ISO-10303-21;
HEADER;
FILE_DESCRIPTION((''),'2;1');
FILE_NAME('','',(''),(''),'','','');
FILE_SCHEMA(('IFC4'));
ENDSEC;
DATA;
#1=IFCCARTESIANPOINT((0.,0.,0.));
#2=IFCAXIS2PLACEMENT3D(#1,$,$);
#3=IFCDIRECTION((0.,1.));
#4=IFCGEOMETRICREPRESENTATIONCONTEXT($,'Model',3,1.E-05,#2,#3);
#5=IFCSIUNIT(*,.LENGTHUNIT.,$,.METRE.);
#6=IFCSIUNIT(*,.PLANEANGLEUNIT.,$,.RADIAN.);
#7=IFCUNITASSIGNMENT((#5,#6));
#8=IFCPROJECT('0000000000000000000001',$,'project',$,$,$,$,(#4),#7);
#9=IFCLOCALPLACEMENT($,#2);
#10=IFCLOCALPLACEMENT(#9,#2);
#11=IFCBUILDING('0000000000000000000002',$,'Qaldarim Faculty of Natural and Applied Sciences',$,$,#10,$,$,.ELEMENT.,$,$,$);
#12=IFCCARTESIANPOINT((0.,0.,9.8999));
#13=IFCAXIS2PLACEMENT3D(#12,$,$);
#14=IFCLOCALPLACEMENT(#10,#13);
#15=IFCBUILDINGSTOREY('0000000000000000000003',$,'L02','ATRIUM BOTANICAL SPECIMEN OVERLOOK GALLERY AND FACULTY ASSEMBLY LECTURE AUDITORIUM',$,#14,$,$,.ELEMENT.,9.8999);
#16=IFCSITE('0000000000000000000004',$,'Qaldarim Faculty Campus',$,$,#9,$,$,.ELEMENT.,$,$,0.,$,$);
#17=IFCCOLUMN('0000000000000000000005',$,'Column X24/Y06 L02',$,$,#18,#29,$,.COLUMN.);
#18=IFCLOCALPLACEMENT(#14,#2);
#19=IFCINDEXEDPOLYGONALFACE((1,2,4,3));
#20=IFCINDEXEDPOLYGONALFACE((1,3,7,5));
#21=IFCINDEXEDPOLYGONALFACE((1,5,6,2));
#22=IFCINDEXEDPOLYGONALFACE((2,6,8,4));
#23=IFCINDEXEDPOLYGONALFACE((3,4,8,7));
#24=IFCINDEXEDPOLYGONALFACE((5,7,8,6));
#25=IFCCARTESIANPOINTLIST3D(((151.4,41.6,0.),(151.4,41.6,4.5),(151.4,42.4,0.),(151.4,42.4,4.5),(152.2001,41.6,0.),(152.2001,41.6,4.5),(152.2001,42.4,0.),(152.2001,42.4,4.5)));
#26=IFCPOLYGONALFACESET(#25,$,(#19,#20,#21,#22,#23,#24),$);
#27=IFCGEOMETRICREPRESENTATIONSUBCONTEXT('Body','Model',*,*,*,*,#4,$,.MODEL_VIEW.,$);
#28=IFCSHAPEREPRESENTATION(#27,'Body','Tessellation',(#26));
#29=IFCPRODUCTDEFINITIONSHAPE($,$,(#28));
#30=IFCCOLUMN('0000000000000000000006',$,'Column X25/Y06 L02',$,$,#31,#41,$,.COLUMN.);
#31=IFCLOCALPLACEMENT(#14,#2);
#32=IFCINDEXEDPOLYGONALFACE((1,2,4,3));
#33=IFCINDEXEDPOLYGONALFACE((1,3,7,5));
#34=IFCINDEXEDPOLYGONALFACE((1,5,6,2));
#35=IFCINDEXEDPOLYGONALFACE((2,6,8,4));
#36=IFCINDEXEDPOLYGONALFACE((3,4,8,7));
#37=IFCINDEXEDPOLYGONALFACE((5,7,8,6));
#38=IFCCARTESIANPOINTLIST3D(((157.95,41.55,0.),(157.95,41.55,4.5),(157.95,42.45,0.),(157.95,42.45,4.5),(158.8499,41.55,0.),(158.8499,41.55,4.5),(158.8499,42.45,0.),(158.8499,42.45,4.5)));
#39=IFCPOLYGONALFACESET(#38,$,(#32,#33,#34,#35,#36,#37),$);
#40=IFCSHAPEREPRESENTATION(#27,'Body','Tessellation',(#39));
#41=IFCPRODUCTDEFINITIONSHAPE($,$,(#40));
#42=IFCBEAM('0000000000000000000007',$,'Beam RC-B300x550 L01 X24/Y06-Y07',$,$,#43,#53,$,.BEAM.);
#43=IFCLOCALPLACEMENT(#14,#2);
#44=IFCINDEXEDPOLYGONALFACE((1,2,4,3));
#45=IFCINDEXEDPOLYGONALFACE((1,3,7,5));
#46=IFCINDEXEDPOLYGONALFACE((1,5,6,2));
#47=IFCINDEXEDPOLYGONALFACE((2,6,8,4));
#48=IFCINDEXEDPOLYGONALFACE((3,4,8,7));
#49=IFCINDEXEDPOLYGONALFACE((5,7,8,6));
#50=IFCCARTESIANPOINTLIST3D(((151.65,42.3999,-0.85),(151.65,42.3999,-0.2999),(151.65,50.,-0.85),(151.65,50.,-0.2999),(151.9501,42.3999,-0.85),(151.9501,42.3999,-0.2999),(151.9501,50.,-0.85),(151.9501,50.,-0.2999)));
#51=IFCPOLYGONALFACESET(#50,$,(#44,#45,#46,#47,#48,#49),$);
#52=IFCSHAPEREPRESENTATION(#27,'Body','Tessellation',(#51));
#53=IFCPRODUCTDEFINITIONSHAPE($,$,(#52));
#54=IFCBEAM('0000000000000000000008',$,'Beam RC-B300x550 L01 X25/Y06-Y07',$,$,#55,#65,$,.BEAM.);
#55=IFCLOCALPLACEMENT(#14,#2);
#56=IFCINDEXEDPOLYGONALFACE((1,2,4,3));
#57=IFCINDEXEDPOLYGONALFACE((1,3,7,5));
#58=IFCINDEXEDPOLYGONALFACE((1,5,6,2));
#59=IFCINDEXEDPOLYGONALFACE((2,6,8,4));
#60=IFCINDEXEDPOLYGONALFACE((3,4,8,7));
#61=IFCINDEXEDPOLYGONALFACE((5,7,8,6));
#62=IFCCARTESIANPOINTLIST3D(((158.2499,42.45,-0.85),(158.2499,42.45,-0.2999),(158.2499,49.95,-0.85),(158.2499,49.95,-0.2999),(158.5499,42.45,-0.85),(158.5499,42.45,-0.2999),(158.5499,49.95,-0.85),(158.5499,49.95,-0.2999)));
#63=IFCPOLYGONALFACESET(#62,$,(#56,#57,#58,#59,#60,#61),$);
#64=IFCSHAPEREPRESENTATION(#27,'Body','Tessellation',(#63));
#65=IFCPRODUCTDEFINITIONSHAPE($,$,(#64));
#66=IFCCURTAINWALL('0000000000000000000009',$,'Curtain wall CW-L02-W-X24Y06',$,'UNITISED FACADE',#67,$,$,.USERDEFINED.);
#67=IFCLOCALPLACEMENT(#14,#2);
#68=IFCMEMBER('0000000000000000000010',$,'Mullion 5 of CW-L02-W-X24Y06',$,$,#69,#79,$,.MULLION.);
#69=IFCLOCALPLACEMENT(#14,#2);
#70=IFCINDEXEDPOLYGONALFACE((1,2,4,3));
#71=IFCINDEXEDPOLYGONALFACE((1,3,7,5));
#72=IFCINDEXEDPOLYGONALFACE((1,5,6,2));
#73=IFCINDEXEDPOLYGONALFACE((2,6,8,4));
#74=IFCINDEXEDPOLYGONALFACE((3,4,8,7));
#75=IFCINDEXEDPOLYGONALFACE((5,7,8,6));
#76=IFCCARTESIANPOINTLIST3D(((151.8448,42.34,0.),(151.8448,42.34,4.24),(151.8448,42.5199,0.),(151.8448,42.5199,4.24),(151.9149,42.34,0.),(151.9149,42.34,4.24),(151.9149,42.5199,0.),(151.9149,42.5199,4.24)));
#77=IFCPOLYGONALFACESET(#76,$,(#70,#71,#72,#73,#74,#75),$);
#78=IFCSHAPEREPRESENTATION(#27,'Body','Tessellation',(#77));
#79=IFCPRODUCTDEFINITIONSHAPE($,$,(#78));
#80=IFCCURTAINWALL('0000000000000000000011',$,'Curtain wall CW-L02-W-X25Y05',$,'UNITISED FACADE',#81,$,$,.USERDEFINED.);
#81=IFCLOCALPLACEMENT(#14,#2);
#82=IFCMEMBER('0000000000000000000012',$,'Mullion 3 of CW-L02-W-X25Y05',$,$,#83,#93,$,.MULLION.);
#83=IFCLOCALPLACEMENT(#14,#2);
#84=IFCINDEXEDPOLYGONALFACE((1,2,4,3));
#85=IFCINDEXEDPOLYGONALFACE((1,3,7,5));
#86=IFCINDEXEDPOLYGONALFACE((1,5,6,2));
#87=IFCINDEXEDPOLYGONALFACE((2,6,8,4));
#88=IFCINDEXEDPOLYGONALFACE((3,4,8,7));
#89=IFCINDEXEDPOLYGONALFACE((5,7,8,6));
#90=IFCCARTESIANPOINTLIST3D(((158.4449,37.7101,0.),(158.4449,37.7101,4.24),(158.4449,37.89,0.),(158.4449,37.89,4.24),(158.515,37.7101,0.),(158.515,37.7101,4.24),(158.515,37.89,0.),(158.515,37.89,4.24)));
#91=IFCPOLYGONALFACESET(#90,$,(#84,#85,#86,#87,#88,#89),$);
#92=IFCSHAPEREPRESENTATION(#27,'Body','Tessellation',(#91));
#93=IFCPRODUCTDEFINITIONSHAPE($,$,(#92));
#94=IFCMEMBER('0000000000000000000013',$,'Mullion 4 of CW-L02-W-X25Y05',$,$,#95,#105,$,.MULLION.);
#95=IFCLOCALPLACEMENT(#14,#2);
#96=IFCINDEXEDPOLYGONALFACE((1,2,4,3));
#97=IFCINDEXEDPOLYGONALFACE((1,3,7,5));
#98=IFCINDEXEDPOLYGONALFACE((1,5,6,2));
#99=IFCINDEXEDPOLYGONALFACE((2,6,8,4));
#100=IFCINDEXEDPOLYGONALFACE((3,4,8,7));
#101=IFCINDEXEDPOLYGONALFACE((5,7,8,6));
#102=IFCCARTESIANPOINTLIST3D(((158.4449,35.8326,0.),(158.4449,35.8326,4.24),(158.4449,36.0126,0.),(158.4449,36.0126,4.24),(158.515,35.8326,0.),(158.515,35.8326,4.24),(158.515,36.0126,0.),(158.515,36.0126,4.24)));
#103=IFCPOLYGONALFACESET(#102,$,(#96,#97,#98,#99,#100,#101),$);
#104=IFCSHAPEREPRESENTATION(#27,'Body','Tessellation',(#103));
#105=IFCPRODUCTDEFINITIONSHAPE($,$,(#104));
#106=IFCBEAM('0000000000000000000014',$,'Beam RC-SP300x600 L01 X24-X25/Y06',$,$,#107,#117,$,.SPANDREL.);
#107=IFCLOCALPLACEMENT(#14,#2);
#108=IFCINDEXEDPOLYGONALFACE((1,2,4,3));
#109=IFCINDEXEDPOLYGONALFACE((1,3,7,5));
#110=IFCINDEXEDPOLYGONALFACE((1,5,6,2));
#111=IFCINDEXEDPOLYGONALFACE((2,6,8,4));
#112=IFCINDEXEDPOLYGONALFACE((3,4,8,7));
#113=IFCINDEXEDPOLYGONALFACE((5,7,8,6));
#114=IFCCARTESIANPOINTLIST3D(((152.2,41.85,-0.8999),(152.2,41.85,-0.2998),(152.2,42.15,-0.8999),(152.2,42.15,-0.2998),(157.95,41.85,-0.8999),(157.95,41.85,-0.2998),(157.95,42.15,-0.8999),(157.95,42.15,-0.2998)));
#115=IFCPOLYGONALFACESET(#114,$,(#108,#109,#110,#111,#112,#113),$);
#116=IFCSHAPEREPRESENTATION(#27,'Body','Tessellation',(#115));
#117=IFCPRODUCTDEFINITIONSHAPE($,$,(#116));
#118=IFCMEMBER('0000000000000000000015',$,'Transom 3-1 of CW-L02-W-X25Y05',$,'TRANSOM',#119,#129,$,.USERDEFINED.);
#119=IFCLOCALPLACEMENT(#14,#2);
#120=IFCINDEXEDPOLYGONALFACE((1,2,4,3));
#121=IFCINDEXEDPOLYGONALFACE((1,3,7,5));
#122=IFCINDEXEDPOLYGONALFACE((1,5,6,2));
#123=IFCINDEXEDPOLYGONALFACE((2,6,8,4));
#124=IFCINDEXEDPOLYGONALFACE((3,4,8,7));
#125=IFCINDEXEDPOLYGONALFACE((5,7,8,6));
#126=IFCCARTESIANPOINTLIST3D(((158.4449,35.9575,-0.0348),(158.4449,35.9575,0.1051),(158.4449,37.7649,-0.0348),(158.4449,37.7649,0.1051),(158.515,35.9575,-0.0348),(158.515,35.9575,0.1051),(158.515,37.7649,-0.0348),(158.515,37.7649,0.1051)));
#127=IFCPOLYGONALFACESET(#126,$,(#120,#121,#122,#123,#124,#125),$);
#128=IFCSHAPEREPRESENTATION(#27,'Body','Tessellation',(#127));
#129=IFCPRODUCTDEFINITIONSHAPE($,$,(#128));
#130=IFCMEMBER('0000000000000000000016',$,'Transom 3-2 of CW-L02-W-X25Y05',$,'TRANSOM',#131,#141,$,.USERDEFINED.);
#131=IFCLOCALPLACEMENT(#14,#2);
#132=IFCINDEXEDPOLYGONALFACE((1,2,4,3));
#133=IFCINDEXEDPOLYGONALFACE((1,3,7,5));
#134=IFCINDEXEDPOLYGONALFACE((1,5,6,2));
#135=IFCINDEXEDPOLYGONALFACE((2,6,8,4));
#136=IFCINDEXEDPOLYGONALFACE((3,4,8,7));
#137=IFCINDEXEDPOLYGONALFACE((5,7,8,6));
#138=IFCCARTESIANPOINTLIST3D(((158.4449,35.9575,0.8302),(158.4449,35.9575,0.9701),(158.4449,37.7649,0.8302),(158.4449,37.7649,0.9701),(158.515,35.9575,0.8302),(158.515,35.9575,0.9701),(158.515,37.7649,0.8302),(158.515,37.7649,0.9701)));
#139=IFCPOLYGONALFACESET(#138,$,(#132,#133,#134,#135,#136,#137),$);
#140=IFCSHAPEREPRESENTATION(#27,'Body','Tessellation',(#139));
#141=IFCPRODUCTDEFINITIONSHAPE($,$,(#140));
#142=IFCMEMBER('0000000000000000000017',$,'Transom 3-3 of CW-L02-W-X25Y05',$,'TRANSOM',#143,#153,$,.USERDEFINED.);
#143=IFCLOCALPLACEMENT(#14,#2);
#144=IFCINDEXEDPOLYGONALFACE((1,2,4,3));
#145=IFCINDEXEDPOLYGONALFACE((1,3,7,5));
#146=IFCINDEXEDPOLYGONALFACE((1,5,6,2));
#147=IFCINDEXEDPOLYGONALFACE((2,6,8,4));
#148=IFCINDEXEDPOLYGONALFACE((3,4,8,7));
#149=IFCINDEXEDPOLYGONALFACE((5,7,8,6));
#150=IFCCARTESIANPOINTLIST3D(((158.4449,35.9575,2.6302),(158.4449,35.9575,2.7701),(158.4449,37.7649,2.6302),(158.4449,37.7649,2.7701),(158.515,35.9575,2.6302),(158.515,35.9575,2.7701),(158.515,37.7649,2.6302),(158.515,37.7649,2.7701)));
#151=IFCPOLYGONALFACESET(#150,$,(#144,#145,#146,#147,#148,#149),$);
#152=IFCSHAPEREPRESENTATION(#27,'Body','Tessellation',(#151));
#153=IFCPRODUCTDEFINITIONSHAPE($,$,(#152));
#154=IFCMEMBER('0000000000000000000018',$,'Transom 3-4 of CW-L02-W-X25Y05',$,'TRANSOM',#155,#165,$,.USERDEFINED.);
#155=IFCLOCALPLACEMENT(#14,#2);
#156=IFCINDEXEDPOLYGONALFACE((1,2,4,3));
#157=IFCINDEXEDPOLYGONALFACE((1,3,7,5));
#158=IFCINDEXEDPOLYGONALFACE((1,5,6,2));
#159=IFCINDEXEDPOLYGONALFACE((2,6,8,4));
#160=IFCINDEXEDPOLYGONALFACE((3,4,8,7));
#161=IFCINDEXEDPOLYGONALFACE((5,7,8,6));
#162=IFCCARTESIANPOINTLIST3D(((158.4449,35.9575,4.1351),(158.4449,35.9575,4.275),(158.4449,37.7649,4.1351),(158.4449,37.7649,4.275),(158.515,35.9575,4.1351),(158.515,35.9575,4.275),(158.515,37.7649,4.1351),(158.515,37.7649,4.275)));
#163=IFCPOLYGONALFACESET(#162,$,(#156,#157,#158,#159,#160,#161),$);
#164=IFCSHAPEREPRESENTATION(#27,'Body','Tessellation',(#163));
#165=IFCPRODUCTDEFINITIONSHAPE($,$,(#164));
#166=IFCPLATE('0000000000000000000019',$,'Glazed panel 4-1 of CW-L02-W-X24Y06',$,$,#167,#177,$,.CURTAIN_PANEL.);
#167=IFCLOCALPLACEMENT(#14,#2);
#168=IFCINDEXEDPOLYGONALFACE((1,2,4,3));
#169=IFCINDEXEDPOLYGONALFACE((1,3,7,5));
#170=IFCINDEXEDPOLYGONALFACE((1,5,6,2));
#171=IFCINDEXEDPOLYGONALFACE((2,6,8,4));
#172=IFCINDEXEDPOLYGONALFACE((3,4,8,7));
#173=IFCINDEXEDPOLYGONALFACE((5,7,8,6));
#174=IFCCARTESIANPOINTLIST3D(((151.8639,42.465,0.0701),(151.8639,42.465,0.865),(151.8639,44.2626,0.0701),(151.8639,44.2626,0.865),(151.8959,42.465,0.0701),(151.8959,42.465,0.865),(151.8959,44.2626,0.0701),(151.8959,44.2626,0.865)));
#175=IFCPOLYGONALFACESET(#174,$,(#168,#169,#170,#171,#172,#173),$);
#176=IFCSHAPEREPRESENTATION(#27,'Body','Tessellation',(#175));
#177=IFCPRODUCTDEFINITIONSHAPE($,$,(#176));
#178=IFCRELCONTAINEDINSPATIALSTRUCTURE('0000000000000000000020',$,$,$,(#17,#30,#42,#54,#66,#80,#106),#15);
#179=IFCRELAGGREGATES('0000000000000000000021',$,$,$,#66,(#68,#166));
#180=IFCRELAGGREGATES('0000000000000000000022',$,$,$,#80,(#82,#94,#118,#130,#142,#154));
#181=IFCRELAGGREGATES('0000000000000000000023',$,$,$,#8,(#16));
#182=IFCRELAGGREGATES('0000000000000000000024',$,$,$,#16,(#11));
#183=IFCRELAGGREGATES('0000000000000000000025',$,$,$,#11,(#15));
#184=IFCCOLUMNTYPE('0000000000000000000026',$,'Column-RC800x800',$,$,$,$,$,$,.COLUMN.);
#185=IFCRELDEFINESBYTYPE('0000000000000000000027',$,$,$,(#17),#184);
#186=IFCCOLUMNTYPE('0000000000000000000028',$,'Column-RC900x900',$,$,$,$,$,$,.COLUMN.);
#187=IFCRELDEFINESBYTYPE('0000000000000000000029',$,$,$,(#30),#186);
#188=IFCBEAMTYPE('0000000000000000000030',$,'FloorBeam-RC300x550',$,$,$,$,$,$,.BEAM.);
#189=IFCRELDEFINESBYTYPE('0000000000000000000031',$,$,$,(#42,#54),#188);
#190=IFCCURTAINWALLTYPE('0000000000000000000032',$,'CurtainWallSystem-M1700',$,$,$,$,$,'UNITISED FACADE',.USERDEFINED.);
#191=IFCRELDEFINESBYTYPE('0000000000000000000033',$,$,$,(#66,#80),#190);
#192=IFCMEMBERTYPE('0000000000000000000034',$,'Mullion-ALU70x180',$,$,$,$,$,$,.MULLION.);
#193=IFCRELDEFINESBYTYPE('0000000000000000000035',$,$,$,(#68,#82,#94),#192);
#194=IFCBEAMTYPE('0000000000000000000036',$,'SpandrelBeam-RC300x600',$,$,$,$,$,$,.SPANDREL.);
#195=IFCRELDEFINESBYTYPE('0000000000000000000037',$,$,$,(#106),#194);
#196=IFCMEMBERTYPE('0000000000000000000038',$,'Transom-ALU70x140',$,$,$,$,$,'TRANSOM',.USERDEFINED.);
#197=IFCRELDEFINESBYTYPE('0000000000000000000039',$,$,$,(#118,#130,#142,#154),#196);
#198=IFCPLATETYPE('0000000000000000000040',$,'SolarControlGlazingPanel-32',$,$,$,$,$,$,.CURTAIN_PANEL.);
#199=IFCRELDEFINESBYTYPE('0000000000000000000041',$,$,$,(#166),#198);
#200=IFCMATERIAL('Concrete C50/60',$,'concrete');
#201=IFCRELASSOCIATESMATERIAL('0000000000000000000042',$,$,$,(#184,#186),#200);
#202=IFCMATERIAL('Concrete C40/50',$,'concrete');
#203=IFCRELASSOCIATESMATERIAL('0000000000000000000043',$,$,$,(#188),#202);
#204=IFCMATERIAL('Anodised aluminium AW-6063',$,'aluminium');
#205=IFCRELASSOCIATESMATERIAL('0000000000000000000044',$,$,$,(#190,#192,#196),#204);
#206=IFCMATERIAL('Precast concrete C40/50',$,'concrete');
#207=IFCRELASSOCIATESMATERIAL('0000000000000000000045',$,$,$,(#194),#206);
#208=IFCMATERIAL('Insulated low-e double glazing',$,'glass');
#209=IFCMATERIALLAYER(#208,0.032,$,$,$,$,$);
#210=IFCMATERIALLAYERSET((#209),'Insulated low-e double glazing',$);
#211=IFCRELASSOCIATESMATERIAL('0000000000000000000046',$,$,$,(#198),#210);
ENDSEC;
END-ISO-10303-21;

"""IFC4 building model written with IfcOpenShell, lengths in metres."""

from ifc_helpers import new_model, si_unit, direction, frame, origin, origin_2d, place, context, subcontext, project, spatial, rectangle, extrude, material, layer, layer_set, material_profile, profile_set, type_object, element, aggregate, save


model = new_model("IFC4")

# Units and contexts
model_context = context("Model", 3, precision=1e-05, world=origin(), true_north=direction((0.0, 1.0)))
body_context = subcontext(model_context, "Body", "Model", "MODEL_VIEW")
ifc_project = project(units=[si_unit("LENGTHUNIT", "METRE"), si_unit("PLANEANGLEUNIT", "RADIAN")], contexts=[model_context])

# Site, building, storey
site_placement = place(None, origin())
site = spatial("IfcSite", under=ifc_project, at=site_placement, Name="Qaldarim Faculty Campus", CompositionType="ELEMENT", RefElevation=0.0)
building_placement = place(site_placement, origin())
building = spatial("IfcBuilding", under=site, at=building_placement, Name="Qaldarim Faculty of Natural and Applied Sciences", CompositionType="ELEMENT")
storey_placement = place(building_placement, frame((0.0, 0.0, 9.8999)))
storey = spatial("IfcBuildingStorey", under=building, at=storey_placement, Name="L02", Description="ATRIUM BOTANICAL SPECIMEN OVERLOOK GALLERY AND FACULTY ASSEMBLY LECTURE AUDITORIUM", CompositionType="ELEMENT", Elevation=9.8999)

# Columns
ifc_material_1 = material(Name="Concrete C50/60", Category="concrete")
ifc_material_profile_1 = material_profile(ifc_material_1, rectangle(XDim=0.8, YDim=0.8, at=origin_2d()), Name="RC-C800x800")
ifc_profile_set_1 = profile_set([ifc_material_profile_1], Name="Concrete C50/60")
column_type_1 = type_object("IfcColumnType", Name="Column-RC800x800", PredefinedType="COLUMN", material=ifc_profile_set_1)
column_1_placement = place(storey_placement, frame((151.8, 42.0, 0.0), z_axis=(0.0, 0.0, 1.0), x_axis=(1.0, 0.0, 0.0)))
element("IfcColumn", 1, at=column_1_placement, inside=storey, type_object=column_type_1, Name="Column X24/Y06 L02", PredefinedType="COLUMN", context=body_context, shape_type="SweptSolid", body=[
    extrude(rectangle(XDim=0.8, YDim=0.8, at=origin_2d()), origin(), (0.0, 0.0, 1.0), 4.5),
])
ifc_material_profile_2 = material_profile(ifc_material_1, rectangle(XDim=0.8999, YDim=0.8999, at=origin_2d()), Name="RC-C900x900")
ifc_profile_set_2 = profile_set([ifc_material_profile_2], Name="Concrete C50/60")
column_type_2 = type_object("IfcColumnType", Name="Column-RC900x900", PredefinedType="COLUMN", material=ifc_profile_set_2)
column_2_placement = place(storey_placement, frame((158.3999, 42.0, 0.0), z_axis=(0.0, 0.0, 1.0), x_axis=(1.0, 0.0, 0.0)))
element("IfcColumn", 2, at=column_2_placement, inside=storey, type_object=column_type_2, Name="Column X25/Y06 L02", PredefinedType="COLUMN", context=body_context, shape_type="SweptSolid", body=[
    extrude(rectangle(XDim=0.8999, YDim=0.8999, at=origin_2d()), origin(), (0.0, 0.0, 1.0), 4.5),
])

# Beams
ifc_material_2 = material(Name="Concrete C40/50", Category="concrete")
ifc_material_profile_3 = material_profile(ifc_material_2, rectangle(XDim=0.3, YDim=0.55, at=origin_2d()), Name="RC-B300x550")
ifc_profile_set_3 = profile_set([ifc_material_profile_3], Name="Concrete C40/50")
beam_type_1 = type_object("IfcBeamType", Name="FloorBeam-RC300x550", PredefinedType="BEAM", material=ifc_profile_set_3)
beam_1_placement = place(storey_placement, frame((151.8, 42.3999, -0.575), z_axis=(0.0, 1.0, 0.0), x_axis=(-1.0, 0.0, 0.0)))
element("IfcBeam", 3, at=beam_1_placement, inside=storey, type_object=beam_type_1, Name="Beam RC-B300x550 L01 X24/Y06-Y07", PredefinedType="BEAM", context=body_context, shape_type="SweptSolid", body=[
    extrude(rectangle(XDim=0.3, YDim=0.55, at=origin_2d()), origin(), (0.0, 0.0, 1.0), 7.6001),
])
beam_2_placement = place(storey_placement, frame((158.3999, 42.45, -0.575), z_axis=(0.0, 1.0, 0.0), x_axis=(-1.0, 0.0, 0.0)))
element("IfcBeam", 4, at=beam_2_placement, inside=storey, type_object=beam_type_1, Name="Beam RC-B300x550 L01 X25/Y06-Y07", PredefinedType="BEAM", context=body_context, shape_type="SweptSolid", body=[
    extrude(rectangle(XDim=0.3, YDim=0.55, at=origin_2d()), origin(), (0.0, 0.0, 1.0), 7.5),
])

# Curtain wall, member
ifc_material_3 = material(Name="Anodised aluminium AW-6063", Category="aluminium")
curtain_wall_type = type_object("IfcCurtainWallType", Name="CurtainWallSystem-M1700", ElementType="UNITISED FACADE", PredefinedType="USERDEFINED", material=ifc_material_3)
curtain_wall_1_placement = place(storey_placement, origin())
curtain_wall_1 = element("IfcCurtainWall", 5, at=curtain_wall_1_placement, inside=storey, type_object=curtain_wall_type, Name="Curtain wall CW-L02-W-X24Y06", ObjectType="UNITISED FACADE", PredefinedType="USERDEFINED")
ifc_material_profile_4 = material_profile(ifc_material_3, rectangle(XDim=0.0701, YDim=0.1799, at=origin_2d()), Name="ALU-M70x180")
ifc_profile_set_4 = profile_set([ifc_material_profile_4], Name="Anodised aluminium AW-6063")
member_type_1 = type_object("IfcMemberType", Name="Mullion-ALU70x180", PredefinedType="MULLION", material=ifc_profile_set_4)
member_1_placement = place(storey_placement, frame((151.8799, 42.4299, 0.0), z_axis=(0.0, 0.0, 1.0), x_axis=(1.0, 0.0, 0.0)))
member_1 = element("IfcMember", 6, at=member_1_placement, type_object=member_type_1, Name="Mullion 5 of CW-L02-W-X24Y06", PredefinedType="MULLION", context=body_context, shape_type="SweptSolid", body=[
    extrude(rectangle(XDim=0.0701, YDim=0.1799, at=origin_2d()), origin(), (0.0, 0.0, 1.0), 4.24),
])

# Curtain wall, members
curtain_wall_2_placement = place(storey_placement, origin())
curtain_wall_2 = element("IfcCurtainWall", 7, at=curtain_wall_2_placement, inside=storey, type_object=curtain_wall_type, Name="Curtain wall CW-L02-W-X25Y05", ObjectType="UNITISED FACADE", PredefinedType="USERDEFINED")
member_2_placement = place(storey_placement, frame((158.48, 37.8, 0.0), z_axis=(0.0, 0.0, 1.0), x_axis=(1.0, 0.0, 0.0)))
member_2 = element("IfcMember", 8, at=member_2_placement, type_object=member_type_1, Name="Mullion 3 of CW-L02-W-X25Y05", PredefinedType="MULLION", context=body_context, shape_type="SweptSolid", body=[
    extrude(rectangle(XDim=0.0701, YDim=0.1799, at=origin_2d()), origin(), (0.0, 0.0, 1.0), 4.24),
])
member_3_placement = place(storey_placement, frame((158.48, 35.9226, 0.0), z_axis=(0.0, 0.0, 1.0), x_axis=(1.0, 0.0, 0.0)))
member_3 = element("IfcMember", 9, at=member_3_placement, type_object=member_type_1, Name="Mullion 4 of CW-L02-W-X25Y05", PredefinedType="MULLION", context=body_context, shape_type="SweptSolid", body=[
    extrude(rectangle(XDim=0.0701, YDim=0.1799, at=origin_2d()), origin(), (0.0, 0.0, 1.0), 4.24),
])

# Beam
ifc_material_4 = material(Name="Precast concrete C40/50", Category="concrete")
ifc_material_profile_5 = material_profile(ifc_material_4, rectangle(XDim=0.3, YDim=0.6001, at=origin_2d()), Name="RC-SP300x600")
ifc_profile_set_5 = profile_set([ifc_material_profile_5], Name="Precast concrete C40/50")
beam_type_2 = type_object("IfcBeamType", Name="SpandrelBeam-RC300x600", PredefinedType="SPANDREL", material=ifc_profile_set_5)
beam_3_placement = place(storey_placement, frame((152.2, 42.0, -0.5999), z_axis=(1.0, 0.0, 0.0), x_axis=(0.0, 1.0, 0.0)))
element("IfcBeam", 10, at=beam_3_placement, inside=storey, type_object=beam_type_2, Name="Beam RC-SP300x600 L01 X24-X25/Y06", PredefinedType="SPANDREL", context=body_context, shape_type="SweptSolid", body=[
    extrude(rectangle(XDim=0.3, YDim=0.6001, at=origin_2d()), origin(), (0.0, 0.0, 1.0), 5.75),
])

# Members
ifc_material_profile_6 = material_profile(ifc_material_3, rectangle(XDim=0.0701, YDim=0.1399, at=origin_2d()), Name="ALU-T70x140")
ifc_profile_set_6 = profile_set([ifc_material_profile_6], Name="Anodised aluminium AW-6063")
member_type_2 = type_object("IfcMemberType", Name="Transom-ALU70x140", ElementType="TRANSOM", PredefinedType="USERDEFINED", material=ifc_profile_set_6)
member_4_placement = place(storey_placement, frame((158.48, 37.7649, 0.0352), z_axis=(0.0, -1.0, 0.0), x_axis=(1.0, 0.0, 0.0)))
member_4 = element("IfcMember", 11, at=member_4_placement, type_object=member_type_2, Name="Transom 3-1 of CW-L02-W-X25Y05", ObjectType="TRANSOM", PredefinedType="USERDEFINED", context=body_context, shape_type="SweptSolid", body=[
    extrude(rectangle(XDim=0.0701, YDim=0.1399, at=origin_2d()), origin(), (0.0, 0.0, 1.0), 1.8074),
])
member_5_placement = place(storey_placement, frame((158.48, 37.7649, 0.9001), z_axis=(0.0, -1.0, 0.0), x_axis=(1.0, 0.0, 0.0)))
member_5 = element("IfcMember", 12, at=member_5_placement, type_object=member_type_2, Name="Transom 3-2 of CW-L02-W-X25Y05", ObjectType="TRANSOM", PredefinedType="USERDEFINED", context=body_context, shape_type="SweptSolid", body=[
    extrude(rectangle(XDim=0.0701, YDim=0.1399, at=origin_2d()), origin(), (0.0, 0.0, 1.0), 1.8074),
])
member_6_placement = place(storey_placement, frame((158.48, 37.7649, 2.7002), z_axis=(0.0, -1.0, 0.0), x_axis=(1.0, 0.0, 0.0)))
member_6 = element("IfcMember", 13, at=member_6_placement, type_object=member_type_2, Name="Transom 3-3 of CW-L02-W-X25Y05", ObjectType="TRANSOM", PredefinedType="USERDEFINED", context=body_context, shape_type="SweptSolid", body=[
    extrude(rectangle(XDim=0.0701, YDim=0.1399, at=origin_2d()), origin(), (0.0, 0.0, 1.0), 1.8074),
])
member_7_placement = place(storey_placement, frame((158.48, 37.7649, 4.2051), z_axis=(0.0, -1.0, 0.0), x_axis=(1.0, 0.0, 0.0)))
member_7 = element("IfcMember", 14, at=member_7_placement, type_object=member_type_2, Name="Transom 3-4 of CW-L02-W-X25Y05", ObjectType="TRANSOM", PredefinedType="USERDEFINED", context=body_context, shape_type="SweptSolid", body=[
    extrude(rectangle(XDim=0.0701, YDim=0.1399, at=origin_2d()), origin(), (0.0, 0.0, 1.0), 1.8074),
])

# Plate
ifc_material_5 = material(Name="Insulated low-e double glazing", Category="glass")
ifc_layer_1 = layer(ifc_material_5, 0.032)
ifc_layer_set_1 = layer_set([ifc_layer_1], Name="Insulated low-e double glazing")
plate_type = type_object("IfcPlateType", Name="SolarControlGlazingPanel-32", PredefinedType="CURTAIN_PANEL", material=ifc_layer_set_1)
plate_1_placement = place(storey_placement, frame((151.8799, 43.3638, 0.0701), z_axis=(0.0, 0.0, 1.0), x_axis=(0.0, -1.0, 0.0)))
plate_1 = element("IfcPlate", 15, at=plate_1_placement, type_object=plate_type, Name="Glazed panel 4-1 of CW-L02-W-X24Y06", PredefinedType="CURTAIN_PANEL", context=body_context, shape_type="SweptSolid", body=[
    extrude(rectangle(XDim=1.7976, YDim=0.032, at=origin_2d()), origin(), (0.0, 0.0, 1.0), 0.7949),
])
aggregate(curtain_wall_1, [member_1, plate_1])
aggregate(curtain_wall_2, [member_2, member_3, member_4, member_5, member_6, member_7])

save(model, "model.ifc")
